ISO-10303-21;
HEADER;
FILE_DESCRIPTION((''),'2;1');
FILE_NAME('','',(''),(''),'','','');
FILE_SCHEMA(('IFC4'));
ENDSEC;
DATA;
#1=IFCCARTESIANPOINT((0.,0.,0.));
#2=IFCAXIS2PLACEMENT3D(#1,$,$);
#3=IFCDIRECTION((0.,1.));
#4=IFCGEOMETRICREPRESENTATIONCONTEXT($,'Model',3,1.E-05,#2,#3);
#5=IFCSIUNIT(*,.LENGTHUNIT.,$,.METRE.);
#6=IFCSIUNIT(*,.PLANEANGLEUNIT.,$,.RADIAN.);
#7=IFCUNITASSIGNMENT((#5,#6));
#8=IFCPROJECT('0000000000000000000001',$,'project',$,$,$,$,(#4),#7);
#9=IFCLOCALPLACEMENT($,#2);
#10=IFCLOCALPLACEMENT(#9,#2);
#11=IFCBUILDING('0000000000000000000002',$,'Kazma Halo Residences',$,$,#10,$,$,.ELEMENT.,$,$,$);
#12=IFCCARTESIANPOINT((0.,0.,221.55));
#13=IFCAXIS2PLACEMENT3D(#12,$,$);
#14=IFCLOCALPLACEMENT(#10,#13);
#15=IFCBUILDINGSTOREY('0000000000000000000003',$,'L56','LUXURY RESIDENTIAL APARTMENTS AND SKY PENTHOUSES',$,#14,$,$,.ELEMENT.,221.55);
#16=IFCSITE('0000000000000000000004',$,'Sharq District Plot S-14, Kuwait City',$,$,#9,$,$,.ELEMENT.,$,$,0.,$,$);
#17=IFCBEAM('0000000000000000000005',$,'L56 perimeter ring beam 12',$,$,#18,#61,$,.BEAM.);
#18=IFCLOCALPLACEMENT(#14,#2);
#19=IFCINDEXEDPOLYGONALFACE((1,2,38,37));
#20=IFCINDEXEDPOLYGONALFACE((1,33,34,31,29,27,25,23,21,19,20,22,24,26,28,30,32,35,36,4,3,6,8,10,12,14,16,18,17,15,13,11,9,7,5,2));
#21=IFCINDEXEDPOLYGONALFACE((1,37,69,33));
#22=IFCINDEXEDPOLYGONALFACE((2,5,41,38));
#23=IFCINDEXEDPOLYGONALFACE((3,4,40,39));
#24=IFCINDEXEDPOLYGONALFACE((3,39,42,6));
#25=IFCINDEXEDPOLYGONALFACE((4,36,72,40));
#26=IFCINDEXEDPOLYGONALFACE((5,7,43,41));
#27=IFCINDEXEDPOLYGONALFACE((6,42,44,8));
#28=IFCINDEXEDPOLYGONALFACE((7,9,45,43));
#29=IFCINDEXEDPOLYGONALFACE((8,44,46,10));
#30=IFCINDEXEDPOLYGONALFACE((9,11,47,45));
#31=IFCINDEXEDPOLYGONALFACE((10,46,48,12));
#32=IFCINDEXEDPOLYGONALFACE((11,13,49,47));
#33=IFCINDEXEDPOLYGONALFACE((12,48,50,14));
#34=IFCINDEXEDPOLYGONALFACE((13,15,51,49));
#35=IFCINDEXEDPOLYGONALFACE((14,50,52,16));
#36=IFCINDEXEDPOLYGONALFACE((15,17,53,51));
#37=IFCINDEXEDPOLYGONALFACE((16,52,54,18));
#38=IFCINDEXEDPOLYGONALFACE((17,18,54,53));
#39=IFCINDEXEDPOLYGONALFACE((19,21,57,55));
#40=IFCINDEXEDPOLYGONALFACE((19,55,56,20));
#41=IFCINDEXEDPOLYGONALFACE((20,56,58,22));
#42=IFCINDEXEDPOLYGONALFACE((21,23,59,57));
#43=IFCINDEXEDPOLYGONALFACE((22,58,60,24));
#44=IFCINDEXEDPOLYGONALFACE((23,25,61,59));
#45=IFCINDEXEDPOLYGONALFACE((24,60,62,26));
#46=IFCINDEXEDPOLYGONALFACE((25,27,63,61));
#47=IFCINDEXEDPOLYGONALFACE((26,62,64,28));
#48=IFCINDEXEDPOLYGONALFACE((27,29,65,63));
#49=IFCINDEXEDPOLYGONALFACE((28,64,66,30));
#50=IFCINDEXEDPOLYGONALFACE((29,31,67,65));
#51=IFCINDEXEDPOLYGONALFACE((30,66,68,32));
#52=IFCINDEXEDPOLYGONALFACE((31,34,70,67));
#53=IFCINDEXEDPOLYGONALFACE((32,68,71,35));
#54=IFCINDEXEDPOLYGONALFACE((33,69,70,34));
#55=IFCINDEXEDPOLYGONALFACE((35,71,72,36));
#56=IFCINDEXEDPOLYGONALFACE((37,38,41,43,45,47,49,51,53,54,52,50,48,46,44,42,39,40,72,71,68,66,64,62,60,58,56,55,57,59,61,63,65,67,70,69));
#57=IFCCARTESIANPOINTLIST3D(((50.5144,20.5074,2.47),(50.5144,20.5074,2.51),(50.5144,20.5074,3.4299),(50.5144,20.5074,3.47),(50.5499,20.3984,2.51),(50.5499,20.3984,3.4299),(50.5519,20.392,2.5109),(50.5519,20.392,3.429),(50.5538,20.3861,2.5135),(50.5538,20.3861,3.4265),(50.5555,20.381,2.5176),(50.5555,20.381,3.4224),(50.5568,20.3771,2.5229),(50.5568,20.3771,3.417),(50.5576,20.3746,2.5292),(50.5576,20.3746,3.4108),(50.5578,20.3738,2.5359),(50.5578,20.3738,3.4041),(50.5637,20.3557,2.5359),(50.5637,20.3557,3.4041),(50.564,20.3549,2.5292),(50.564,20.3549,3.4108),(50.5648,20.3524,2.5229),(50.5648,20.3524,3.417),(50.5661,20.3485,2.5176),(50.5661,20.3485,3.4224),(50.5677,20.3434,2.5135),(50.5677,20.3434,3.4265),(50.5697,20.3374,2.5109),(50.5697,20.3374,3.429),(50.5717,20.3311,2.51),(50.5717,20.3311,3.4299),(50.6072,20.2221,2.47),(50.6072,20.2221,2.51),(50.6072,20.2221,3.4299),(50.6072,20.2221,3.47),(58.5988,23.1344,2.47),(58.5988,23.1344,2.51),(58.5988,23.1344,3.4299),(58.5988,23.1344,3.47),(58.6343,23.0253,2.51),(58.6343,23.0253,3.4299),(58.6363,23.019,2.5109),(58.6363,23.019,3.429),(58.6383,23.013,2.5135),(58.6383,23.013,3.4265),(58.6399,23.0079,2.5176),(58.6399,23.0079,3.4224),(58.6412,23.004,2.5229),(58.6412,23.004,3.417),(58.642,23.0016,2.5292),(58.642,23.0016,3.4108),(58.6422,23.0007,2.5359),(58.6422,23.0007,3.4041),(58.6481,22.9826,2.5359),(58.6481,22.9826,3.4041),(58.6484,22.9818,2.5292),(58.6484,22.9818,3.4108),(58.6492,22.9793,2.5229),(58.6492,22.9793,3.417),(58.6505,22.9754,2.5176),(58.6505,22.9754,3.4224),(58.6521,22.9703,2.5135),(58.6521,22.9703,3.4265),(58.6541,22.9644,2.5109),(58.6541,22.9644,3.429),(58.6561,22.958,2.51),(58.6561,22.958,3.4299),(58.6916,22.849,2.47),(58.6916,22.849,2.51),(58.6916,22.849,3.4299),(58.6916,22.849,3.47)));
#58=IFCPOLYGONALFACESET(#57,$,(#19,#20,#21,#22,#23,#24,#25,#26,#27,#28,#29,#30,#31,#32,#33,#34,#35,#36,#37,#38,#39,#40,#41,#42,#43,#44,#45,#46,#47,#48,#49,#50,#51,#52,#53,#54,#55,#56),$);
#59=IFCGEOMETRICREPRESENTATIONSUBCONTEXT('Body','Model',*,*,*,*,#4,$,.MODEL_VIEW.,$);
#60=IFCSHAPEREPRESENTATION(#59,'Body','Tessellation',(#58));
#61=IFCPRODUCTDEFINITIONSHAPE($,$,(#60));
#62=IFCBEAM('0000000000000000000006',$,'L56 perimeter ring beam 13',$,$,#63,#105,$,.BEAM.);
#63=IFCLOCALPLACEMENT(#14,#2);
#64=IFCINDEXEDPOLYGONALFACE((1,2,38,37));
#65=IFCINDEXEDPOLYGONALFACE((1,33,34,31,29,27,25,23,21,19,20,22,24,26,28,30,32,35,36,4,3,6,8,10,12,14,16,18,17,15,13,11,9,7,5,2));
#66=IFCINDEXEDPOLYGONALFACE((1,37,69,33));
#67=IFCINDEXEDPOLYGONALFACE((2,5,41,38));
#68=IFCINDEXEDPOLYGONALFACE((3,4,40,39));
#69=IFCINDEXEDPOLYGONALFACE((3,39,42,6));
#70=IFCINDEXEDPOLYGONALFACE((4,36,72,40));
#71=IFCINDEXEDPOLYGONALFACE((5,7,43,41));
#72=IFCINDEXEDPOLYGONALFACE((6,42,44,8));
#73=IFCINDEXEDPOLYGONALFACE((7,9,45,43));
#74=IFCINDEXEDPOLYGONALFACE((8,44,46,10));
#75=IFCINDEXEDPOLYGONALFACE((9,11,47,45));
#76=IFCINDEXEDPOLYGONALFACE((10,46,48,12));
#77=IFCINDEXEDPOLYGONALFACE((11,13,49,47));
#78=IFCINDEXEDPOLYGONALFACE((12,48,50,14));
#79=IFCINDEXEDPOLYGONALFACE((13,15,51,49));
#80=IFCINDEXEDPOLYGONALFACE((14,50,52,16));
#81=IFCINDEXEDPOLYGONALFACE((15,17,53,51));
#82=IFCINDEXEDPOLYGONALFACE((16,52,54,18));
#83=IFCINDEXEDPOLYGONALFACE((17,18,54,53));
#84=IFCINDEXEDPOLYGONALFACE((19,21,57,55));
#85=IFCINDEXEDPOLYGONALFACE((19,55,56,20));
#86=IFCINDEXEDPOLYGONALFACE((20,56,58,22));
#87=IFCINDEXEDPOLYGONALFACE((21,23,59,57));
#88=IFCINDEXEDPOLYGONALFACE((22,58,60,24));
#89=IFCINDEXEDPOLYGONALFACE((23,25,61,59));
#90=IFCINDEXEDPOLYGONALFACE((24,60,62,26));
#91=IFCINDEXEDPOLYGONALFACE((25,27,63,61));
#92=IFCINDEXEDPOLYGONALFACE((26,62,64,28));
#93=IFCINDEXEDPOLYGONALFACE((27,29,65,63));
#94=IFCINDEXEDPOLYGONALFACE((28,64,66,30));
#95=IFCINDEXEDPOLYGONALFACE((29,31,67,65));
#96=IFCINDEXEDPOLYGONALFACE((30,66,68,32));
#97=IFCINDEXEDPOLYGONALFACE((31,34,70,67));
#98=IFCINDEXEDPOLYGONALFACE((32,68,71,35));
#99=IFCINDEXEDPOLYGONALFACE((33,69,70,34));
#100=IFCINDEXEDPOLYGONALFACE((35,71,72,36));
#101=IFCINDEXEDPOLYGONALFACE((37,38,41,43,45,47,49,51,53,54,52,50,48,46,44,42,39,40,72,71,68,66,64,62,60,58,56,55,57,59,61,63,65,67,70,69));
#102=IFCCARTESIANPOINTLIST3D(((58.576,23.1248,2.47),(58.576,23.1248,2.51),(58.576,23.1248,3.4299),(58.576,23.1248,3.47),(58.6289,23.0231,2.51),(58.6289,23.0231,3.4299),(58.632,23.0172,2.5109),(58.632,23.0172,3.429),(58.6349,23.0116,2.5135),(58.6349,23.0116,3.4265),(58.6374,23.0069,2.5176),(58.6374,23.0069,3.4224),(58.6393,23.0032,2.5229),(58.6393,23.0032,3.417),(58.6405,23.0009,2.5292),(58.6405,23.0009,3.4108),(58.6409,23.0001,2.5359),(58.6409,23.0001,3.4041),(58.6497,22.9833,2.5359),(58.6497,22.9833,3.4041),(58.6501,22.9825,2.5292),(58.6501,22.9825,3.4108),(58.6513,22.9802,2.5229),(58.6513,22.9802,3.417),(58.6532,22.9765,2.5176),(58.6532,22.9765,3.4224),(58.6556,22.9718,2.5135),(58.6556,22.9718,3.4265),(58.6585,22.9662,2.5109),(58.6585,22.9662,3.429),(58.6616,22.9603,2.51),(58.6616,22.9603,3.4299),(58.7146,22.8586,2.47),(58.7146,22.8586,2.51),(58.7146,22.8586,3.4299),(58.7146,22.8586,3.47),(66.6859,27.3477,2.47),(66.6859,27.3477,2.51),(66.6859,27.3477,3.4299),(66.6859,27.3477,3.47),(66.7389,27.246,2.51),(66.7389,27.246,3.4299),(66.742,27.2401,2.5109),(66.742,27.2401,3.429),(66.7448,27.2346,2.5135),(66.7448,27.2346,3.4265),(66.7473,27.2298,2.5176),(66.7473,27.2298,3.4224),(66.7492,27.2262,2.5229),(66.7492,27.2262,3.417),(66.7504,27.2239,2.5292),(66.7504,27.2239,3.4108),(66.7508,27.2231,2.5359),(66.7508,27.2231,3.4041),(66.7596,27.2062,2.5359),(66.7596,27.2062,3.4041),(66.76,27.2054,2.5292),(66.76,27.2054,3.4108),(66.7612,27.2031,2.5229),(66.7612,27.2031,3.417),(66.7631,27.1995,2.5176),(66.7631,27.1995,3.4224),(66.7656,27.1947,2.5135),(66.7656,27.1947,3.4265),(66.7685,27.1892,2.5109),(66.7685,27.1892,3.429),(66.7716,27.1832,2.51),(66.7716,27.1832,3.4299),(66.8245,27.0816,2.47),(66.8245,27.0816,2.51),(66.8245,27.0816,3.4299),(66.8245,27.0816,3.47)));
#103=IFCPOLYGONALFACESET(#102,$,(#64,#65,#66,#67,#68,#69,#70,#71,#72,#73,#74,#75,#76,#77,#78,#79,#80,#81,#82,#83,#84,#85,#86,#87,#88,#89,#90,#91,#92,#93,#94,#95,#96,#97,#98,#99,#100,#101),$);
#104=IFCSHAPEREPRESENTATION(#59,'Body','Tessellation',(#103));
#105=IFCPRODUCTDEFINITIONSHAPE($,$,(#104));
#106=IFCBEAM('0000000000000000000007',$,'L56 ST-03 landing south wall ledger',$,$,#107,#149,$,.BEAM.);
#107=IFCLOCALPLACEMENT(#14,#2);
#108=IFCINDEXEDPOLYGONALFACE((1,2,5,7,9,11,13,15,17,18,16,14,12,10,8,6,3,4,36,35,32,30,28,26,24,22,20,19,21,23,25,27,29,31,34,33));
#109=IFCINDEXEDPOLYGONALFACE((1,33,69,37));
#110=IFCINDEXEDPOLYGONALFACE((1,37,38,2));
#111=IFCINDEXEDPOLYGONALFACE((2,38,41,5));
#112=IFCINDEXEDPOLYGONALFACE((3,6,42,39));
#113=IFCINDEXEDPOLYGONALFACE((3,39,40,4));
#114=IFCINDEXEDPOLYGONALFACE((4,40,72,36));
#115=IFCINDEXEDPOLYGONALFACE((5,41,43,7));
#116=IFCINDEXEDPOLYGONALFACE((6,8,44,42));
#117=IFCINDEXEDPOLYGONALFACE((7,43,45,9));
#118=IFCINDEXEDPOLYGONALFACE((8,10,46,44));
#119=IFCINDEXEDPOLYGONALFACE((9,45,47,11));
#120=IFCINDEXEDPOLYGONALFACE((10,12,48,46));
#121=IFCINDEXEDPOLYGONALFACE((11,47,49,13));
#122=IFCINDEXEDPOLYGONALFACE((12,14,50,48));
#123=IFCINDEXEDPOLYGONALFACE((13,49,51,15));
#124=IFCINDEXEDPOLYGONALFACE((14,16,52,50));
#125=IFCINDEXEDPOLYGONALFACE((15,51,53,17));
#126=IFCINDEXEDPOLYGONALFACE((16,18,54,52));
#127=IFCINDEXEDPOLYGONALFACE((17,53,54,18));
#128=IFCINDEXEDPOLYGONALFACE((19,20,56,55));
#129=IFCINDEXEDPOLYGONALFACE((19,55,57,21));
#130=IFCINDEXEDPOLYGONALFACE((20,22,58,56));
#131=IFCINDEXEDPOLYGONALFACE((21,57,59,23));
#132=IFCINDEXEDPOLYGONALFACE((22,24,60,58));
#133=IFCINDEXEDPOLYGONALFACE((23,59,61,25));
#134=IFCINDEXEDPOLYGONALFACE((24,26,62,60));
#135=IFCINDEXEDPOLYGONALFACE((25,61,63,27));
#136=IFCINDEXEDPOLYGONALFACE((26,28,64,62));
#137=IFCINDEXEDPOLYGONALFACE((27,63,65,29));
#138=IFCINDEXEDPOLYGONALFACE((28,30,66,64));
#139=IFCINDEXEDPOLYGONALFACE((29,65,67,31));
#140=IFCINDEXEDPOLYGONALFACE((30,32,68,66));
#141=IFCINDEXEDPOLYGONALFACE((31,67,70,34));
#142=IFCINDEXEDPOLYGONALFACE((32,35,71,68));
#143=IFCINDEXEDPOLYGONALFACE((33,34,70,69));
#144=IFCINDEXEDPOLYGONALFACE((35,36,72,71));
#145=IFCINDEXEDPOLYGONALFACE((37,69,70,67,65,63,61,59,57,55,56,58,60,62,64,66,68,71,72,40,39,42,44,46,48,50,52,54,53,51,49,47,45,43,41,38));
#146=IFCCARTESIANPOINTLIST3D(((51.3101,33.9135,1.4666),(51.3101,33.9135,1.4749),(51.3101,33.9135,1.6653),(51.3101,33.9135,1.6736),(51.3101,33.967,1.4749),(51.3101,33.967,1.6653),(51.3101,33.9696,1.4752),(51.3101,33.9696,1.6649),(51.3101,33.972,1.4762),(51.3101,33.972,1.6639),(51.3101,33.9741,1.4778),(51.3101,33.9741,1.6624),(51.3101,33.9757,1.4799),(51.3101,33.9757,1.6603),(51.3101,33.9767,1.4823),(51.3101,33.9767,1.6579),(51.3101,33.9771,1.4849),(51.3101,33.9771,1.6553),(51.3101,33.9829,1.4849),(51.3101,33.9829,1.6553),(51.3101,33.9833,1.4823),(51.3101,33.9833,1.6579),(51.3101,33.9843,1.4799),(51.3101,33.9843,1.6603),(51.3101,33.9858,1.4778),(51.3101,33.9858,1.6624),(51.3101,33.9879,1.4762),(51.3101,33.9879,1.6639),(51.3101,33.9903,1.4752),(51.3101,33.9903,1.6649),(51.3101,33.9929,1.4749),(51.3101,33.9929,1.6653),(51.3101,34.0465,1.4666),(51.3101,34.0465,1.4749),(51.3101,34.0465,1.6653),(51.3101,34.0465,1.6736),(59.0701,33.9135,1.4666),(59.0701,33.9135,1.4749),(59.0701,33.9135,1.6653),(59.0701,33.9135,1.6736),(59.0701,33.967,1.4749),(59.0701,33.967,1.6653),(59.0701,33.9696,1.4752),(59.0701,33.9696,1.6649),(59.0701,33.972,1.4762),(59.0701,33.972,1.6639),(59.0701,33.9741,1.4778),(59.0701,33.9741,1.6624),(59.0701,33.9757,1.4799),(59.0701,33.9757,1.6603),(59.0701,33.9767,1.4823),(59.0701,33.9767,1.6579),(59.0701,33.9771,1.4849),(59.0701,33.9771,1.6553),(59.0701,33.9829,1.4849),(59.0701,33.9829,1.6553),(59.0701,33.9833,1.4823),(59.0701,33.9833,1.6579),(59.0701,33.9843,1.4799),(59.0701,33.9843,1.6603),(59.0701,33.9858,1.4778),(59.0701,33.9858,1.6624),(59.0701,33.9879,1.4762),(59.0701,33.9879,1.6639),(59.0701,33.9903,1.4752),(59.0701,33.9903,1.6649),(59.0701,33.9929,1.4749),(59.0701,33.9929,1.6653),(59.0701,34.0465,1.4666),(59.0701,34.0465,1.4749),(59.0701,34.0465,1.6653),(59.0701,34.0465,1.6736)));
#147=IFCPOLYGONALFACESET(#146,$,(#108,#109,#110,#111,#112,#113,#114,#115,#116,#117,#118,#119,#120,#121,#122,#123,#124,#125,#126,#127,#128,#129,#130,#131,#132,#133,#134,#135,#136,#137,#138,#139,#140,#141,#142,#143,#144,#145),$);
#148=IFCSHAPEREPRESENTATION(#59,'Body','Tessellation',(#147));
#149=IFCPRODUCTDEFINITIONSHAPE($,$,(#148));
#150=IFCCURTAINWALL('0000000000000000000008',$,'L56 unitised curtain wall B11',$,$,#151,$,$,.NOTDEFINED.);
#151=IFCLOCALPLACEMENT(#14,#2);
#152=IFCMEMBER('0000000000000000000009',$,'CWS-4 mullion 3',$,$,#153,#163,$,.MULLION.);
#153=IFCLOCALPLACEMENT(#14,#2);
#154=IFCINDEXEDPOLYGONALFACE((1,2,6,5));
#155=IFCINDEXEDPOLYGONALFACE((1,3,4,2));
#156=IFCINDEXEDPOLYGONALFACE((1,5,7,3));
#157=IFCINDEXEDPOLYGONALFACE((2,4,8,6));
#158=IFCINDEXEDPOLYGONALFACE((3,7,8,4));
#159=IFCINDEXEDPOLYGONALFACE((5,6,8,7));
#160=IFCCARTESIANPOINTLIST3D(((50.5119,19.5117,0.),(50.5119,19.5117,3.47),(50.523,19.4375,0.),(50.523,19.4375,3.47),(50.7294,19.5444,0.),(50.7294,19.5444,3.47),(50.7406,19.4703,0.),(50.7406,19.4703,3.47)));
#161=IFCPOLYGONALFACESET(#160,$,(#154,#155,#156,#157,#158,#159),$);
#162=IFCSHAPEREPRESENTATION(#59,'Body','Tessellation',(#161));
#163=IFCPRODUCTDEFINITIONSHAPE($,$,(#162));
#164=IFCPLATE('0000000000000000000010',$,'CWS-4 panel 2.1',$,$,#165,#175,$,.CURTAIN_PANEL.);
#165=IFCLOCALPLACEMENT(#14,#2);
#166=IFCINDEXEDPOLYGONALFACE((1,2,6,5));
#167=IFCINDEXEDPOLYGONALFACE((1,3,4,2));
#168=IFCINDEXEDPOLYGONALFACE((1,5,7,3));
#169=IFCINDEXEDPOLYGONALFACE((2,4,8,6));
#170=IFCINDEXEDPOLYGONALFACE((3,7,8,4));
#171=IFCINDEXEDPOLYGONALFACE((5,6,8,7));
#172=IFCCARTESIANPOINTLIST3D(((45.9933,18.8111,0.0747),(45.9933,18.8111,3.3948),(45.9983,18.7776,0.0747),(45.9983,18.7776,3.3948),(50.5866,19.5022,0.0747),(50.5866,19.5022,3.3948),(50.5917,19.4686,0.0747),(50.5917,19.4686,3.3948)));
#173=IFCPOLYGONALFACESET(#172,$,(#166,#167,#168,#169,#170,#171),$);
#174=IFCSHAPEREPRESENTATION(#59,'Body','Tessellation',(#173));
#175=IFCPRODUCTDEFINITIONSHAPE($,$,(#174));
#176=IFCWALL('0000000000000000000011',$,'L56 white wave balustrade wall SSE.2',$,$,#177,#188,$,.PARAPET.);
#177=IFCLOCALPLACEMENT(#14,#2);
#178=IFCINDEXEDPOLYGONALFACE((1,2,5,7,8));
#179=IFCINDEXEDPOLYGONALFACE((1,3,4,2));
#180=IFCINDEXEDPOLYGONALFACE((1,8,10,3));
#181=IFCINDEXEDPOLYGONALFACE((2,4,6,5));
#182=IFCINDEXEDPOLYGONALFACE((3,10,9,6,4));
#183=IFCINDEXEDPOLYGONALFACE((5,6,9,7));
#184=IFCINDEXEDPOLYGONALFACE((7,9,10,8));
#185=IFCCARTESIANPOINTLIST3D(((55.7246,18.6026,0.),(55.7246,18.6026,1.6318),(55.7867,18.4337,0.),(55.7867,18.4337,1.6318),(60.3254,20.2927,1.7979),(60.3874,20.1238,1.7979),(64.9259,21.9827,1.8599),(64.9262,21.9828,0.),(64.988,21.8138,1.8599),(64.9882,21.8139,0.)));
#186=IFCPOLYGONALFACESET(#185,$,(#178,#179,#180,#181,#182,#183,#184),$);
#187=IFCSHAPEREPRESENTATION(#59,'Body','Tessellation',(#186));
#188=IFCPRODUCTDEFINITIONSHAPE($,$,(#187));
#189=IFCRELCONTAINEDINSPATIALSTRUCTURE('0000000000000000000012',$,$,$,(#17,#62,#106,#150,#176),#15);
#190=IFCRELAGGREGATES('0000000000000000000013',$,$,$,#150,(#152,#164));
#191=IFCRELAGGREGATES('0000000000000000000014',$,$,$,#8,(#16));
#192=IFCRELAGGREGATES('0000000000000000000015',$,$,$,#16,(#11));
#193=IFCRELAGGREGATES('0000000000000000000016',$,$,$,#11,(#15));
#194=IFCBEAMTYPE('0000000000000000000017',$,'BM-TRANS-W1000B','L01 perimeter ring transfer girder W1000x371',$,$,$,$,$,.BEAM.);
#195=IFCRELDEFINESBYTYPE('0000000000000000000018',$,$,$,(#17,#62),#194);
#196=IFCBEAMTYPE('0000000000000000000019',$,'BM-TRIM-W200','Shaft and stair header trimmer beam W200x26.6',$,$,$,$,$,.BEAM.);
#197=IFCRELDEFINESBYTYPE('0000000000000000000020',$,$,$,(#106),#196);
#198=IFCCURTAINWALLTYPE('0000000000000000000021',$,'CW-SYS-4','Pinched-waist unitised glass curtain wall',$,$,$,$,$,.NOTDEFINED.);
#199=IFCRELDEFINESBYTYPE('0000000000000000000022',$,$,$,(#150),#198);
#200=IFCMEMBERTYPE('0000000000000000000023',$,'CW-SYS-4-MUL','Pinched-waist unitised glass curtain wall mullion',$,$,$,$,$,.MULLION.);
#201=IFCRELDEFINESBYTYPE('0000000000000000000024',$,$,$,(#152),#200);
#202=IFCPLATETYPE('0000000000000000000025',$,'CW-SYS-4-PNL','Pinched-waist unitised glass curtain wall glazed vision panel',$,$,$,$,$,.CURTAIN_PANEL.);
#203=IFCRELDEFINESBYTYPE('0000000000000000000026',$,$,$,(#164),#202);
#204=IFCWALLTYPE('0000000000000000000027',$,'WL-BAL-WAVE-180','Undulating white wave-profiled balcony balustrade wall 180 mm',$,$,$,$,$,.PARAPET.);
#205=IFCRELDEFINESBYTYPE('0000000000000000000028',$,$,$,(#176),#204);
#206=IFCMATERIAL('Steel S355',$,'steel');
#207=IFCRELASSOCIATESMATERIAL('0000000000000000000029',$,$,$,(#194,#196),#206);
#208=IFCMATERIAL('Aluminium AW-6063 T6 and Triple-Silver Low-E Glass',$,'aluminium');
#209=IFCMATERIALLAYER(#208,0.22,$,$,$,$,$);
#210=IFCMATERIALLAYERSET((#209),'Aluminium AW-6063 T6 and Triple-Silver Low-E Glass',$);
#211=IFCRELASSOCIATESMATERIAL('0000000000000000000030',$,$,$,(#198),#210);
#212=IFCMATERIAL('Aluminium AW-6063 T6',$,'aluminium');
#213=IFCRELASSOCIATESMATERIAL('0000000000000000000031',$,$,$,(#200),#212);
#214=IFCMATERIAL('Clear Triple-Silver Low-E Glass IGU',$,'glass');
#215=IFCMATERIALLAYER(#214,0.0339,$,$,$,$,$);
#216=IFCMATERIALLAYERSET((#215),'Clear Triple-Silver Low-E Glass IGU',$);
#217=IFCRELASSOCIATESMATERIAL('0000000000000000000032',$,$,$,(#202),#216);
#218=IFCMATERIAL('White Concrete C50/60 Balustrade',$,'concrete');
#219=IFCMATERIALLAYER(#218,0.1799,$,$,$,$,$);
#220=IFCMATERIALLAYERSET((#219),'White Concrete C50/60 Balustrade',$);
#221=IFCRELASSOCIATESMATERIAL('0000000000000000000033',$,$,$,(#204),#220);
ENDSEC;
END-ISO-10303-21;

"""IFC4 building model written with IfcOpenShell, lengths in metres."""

from ifc_helpers import new_model, si_unit, direction, frame, origin, origin_2d, place, context, subcontext, project, spatial, polyline, rectangle, i_section, outline, extrude, material, layer, layer_set, material_profile, profile_set, type_object, element, aggregate, save


model = new_model("IFC4")

# Units and contexts
model_context = context("Model", 3, precision=1e-05, world=origin(), true_north=direction((0.0, 1.0)))
body_context = subcontext(model_context, "Body", "Model", "MODEL_VIEW")
ifc_project = project(units=[si_unit("LENGTHUNIT", "METRE"), si_unit("PLANEANGLEUNIT", "RADIAN")], contexts=[model_context])

# Site, building, storey
site_placement = place(None, origin())
site = spatial("IfcSite", under=ifc_project, at=site_placement, Name="Sharq District Plot S-14, Kuwait City", CompositionType="ELEMENT", RefElevation=0.0)
building_placement = place(site_placement, origin())
building = spatial("IfcBuilding", under=site, at=building_placement, Name="Kazma Halo Residences", CompositionType="ELEMENT")
storey_placement = place(building_placement, frame((0.0, 0.0, 221.55)))
storey = spatial("IfcBuildingStorey", under=building, at=storey_placement, Name="L56", Description="LUXURY RESIDENTIAL APARTMENTS AND SKY PENTHOUSES", CompositionType="ELEMENT", Elevation=221.55)

# Beams
ifc_material_1 = material(Name="Steel S355", Category="steel")
ifc_material_profile_1 = material_profile(ifc_material_1, i_section(OverallWidth=0.3, OverallDepth=1.0, WebThickness=0.019, FlangeThickness=0.04, FilletRadius=0.0259, at=origin_2d()), Name="W1000x371")
ifc_profile_set_1 = profile_set([ifc_material_profile_1], Name="Steel S355")
beam_type_1 = type_object("IfcBeamType", Name="BM-TRANS-W1000B", Description="L01 perimeter ring transfer girder W1000x371", PredefinedType="BEAM", material=ifc_profile_set_1)
beam_1_placement = place(storey_placement, frame((50.5608, 20.3647, 2.97), z_axis=(0.951051, 0.309033, 0.0), x_axis=(-0.309033, 0.951051, 0.0)))
element("IfcBeam", 1, at=beam_1_placement, inside=storey, type_object=beam_type_1, Name="L56 perimeter ring beam 12", PredefinedType="BEAM", context=body_context, shape_type="SweptSolid", body=[
    extrude(i_section(OverallWidth=0.3, OverallDepth=1.0, WebThickness=0.019, FlangeThickness=0.04, FilletRadius=0.0259, at=origin_2d()), origin(), (0.0, 0.0, 1.0), 8.5005),
])
beam_2_placement = place(storey_placement, frame((58.6453, 22.9917, 2.97), z_axis=(0.886958, 0.46185, 0.0), x_axis=(-0.46185, 0.886958, 0.0)))
element("IfcBeam", 2, at=beam_2_placement, inside=storey, type_object=beam_type_1, Name="L56 perimeter ring beam 13", PredefinedType="BEAM", context=body_context, shape_type="SweptSolid", body=[
    extrude(i_section(OverallWidth=0.3, OverallDepth=1.0, WebThickness=0.019, FlangeThickness=0.04, FilletRadius=0.0259, at=origin_2d()), origin(), (0.0, 0.0, 1.0), 9.1436),
])
ifc_material_profile_2 = material_profile(ifc_material_1, i_section(OverallWidth=0.1331, OverallDepth=0.207, WebThickness=0.0059, FlangeThickness=0.0083, FilletRadius=0.01, at=origin_2d()), Name="W200x26.6")
ifc_profile_set_2 = profile_set([ifc_material_profile_2], Name="Steel S355")
beam_type_2 = type_object("IfcBeamType", Name="BM-TRIM-W200", Description="Shaft and stair header trimmer beam W200x26.6", PredefinedType="BEAM", material=ifc_profile_set_2)
beam_3_placement = place(storey_placement, frame((51.3101, 33.98, 1.5701), z_axis=(1.0, 0.0, 0.0), x_axis=(0.0, 1.0, 0.0)))
element("IfcBeam", 3, at=beam_3_placement, inside=storey, type_object=beam_type_2, Name="L56 ST-03 landing south wall ledger", PredefinedType="BEAM", context=body_context, shape_type="SweptSolid", body=[
    extrude(i_section(OverallWidth=0.1331, OverallDepth=0.207, WebThickness=0.0059, FlangeThickness=0.0083, FilletRadius=0.01, at=origin_2d()), origin(), (0.0, 0.0, 1.0), 7.76),
])

# Curtain wall, member, plate
ifc_material_2 = material(Name="Aluminium AW-6063 T6 and Triple-Silver Low-E Glass", Category="aluminium")
ifc_layer_1 = layer(ifc_material_2, 0.22)
ifc_layer_set_1 = layer_set([ifc_layer_1], Name="Aluminium AW-6063 T6 and Triple-Silver Low-E Glass")
curtain_wall_type = type_object("IfcCurtainWallType", Name="CW-SYS-4", Description="Pinched-waist unitised glass curtain wall", PredefinedType="NOTDEFINED", material=ifc_layer_set_1)
curtain_wall_placement = place(storey_placement, origin())
curtain_wall = element("IfcCurtainWall", 4, at=curtain_wall_placement, inside=storey, type_object=curtain_wall_type, Name="L56 unitised curtain wall B11", PredefinedType="NOTDEFINED")
ifc_material_3 = material(Name="Aluminium AW-6063 T6", Category="aluminium")
ifc_material_profile_3 = material_profile(ifc_material_3, rectangle(XDim=0.075, YDim=0.22, at=origin_2d()), Name="CWM-75x220")
ifc_profile_set_3 = profile_set([ifc_material_profile_3], Name="Aluminium AW-6063 T6")
member_type = type_object("IfcMemberType", Name="CW-SYS-4-MUL", Description="Pinched-waist unitised glass curtain wall mullion", PredefinedType="MULLION", material=ifc_profile_set_3)
member_placement = place(storey_placement, frame((50.6262, 19.491, 0.0), z_axis=(0.0, 0.0, 1.0), x_axis=(-0.148773, 0.988871, 0.0)))
member = element("IfcMember", 5, at=member_placement, type_object=member_type, Name="CWS-4 mullion 3", PredefinedType="MULLION", context=body_context, shape_type="SweptSolid", body=[
    extrude(rectangle(XDim=0.075, YDim=0.22, at=origin_2d()), origin(), (0.0, 0.0, 1.0), 3.47),
])
ifc_material_4 = material(Name="Clear Triple-Silver Low-E Glass IGU", Category="glass")
ifc_layer_2 = layer(ifc_material_4, 0.0339)
ifc_layer_set_2 = layer_set([ifc_layer_2], Name="Clear Triple-Silver Low-E Glass IGU")
plate_type = type_object("IfcPlateType", Name="CW-SYS-4-PNL", Description="Pinched-waist unitised glass curtain wall glazed vision panel", PredefinedType="CURTAIN_PANEL", material=ifc_layer_set_2)
plate_placement = place(storey_placement, frame((48.2925, 19.1399, 0.0747), z_axis=(0.0, 0.0, 1.0), x_axis=(0.988871, 0.148773, 0.0)))
plate = element("IfcPlate", 6, at=plate_placement, type_object=plate_type, Name="CWS-4 panel 2.1", PredefinedType="CURTAIN_PANEL", context=body_context, shape_type="SweptSolid", body=[
    extrude(rectangle(XDim=4.645, YDim=0.0339, at=origin_2d()), origin(), (0.0, 0.0, 1.0), 3.3201),
])
aggregate(curtain_wall, [member, plate])

# Wall
ifc_material_5 = material(Name="White Concrete C50/60 Balustrade", Category="concrete")
ifc_layer_3 = layer(ifc_material_5, 0.1799)
ifc_layer_set_3 = layer_set([ifc_layer_3], Name="White Concrete C50/60 Balustrade")
wall_type_1 = type_object("IfcWallType", Name="WL-BAL-WAVE-180", Description="Undulating white wave-profiled balcony balustrade wall 180 mm", PredefinedType="PARAPET", material=ifc_layer_set_3)
wall_1_placement = place(storey_placement, frame((55.7556, 18.5183, 0.0), z_axis=(0.0, 0.0, 1.0), x_axis=(0.938669, 0.344819, 0.0)))
element("IfcWall", 7, at=wall_1_placement, inside=storey, type_object=wall_type_1, Name="L56 white wave balustrade wall SSE.2", PredefinedType="PARAPET", context=body_context, shape_type="SweptSolid", body=[
    extrude(outline(polyline([(0.0, 0.0), (9.8027, 0.0), (9.8025, 1.8599), (4.9014, 1.7979), (0.0, 1.6318), (0.0, 0.0)])), frame((0.0, 0.0898, 0.0), z_axis=(0.0, -1.0, 0.0), x_axis=(1.0, 0.0, 0.0)), (0.0, 0.0, 1.0), 0.1799),
])

save(model, "model.ifc")
